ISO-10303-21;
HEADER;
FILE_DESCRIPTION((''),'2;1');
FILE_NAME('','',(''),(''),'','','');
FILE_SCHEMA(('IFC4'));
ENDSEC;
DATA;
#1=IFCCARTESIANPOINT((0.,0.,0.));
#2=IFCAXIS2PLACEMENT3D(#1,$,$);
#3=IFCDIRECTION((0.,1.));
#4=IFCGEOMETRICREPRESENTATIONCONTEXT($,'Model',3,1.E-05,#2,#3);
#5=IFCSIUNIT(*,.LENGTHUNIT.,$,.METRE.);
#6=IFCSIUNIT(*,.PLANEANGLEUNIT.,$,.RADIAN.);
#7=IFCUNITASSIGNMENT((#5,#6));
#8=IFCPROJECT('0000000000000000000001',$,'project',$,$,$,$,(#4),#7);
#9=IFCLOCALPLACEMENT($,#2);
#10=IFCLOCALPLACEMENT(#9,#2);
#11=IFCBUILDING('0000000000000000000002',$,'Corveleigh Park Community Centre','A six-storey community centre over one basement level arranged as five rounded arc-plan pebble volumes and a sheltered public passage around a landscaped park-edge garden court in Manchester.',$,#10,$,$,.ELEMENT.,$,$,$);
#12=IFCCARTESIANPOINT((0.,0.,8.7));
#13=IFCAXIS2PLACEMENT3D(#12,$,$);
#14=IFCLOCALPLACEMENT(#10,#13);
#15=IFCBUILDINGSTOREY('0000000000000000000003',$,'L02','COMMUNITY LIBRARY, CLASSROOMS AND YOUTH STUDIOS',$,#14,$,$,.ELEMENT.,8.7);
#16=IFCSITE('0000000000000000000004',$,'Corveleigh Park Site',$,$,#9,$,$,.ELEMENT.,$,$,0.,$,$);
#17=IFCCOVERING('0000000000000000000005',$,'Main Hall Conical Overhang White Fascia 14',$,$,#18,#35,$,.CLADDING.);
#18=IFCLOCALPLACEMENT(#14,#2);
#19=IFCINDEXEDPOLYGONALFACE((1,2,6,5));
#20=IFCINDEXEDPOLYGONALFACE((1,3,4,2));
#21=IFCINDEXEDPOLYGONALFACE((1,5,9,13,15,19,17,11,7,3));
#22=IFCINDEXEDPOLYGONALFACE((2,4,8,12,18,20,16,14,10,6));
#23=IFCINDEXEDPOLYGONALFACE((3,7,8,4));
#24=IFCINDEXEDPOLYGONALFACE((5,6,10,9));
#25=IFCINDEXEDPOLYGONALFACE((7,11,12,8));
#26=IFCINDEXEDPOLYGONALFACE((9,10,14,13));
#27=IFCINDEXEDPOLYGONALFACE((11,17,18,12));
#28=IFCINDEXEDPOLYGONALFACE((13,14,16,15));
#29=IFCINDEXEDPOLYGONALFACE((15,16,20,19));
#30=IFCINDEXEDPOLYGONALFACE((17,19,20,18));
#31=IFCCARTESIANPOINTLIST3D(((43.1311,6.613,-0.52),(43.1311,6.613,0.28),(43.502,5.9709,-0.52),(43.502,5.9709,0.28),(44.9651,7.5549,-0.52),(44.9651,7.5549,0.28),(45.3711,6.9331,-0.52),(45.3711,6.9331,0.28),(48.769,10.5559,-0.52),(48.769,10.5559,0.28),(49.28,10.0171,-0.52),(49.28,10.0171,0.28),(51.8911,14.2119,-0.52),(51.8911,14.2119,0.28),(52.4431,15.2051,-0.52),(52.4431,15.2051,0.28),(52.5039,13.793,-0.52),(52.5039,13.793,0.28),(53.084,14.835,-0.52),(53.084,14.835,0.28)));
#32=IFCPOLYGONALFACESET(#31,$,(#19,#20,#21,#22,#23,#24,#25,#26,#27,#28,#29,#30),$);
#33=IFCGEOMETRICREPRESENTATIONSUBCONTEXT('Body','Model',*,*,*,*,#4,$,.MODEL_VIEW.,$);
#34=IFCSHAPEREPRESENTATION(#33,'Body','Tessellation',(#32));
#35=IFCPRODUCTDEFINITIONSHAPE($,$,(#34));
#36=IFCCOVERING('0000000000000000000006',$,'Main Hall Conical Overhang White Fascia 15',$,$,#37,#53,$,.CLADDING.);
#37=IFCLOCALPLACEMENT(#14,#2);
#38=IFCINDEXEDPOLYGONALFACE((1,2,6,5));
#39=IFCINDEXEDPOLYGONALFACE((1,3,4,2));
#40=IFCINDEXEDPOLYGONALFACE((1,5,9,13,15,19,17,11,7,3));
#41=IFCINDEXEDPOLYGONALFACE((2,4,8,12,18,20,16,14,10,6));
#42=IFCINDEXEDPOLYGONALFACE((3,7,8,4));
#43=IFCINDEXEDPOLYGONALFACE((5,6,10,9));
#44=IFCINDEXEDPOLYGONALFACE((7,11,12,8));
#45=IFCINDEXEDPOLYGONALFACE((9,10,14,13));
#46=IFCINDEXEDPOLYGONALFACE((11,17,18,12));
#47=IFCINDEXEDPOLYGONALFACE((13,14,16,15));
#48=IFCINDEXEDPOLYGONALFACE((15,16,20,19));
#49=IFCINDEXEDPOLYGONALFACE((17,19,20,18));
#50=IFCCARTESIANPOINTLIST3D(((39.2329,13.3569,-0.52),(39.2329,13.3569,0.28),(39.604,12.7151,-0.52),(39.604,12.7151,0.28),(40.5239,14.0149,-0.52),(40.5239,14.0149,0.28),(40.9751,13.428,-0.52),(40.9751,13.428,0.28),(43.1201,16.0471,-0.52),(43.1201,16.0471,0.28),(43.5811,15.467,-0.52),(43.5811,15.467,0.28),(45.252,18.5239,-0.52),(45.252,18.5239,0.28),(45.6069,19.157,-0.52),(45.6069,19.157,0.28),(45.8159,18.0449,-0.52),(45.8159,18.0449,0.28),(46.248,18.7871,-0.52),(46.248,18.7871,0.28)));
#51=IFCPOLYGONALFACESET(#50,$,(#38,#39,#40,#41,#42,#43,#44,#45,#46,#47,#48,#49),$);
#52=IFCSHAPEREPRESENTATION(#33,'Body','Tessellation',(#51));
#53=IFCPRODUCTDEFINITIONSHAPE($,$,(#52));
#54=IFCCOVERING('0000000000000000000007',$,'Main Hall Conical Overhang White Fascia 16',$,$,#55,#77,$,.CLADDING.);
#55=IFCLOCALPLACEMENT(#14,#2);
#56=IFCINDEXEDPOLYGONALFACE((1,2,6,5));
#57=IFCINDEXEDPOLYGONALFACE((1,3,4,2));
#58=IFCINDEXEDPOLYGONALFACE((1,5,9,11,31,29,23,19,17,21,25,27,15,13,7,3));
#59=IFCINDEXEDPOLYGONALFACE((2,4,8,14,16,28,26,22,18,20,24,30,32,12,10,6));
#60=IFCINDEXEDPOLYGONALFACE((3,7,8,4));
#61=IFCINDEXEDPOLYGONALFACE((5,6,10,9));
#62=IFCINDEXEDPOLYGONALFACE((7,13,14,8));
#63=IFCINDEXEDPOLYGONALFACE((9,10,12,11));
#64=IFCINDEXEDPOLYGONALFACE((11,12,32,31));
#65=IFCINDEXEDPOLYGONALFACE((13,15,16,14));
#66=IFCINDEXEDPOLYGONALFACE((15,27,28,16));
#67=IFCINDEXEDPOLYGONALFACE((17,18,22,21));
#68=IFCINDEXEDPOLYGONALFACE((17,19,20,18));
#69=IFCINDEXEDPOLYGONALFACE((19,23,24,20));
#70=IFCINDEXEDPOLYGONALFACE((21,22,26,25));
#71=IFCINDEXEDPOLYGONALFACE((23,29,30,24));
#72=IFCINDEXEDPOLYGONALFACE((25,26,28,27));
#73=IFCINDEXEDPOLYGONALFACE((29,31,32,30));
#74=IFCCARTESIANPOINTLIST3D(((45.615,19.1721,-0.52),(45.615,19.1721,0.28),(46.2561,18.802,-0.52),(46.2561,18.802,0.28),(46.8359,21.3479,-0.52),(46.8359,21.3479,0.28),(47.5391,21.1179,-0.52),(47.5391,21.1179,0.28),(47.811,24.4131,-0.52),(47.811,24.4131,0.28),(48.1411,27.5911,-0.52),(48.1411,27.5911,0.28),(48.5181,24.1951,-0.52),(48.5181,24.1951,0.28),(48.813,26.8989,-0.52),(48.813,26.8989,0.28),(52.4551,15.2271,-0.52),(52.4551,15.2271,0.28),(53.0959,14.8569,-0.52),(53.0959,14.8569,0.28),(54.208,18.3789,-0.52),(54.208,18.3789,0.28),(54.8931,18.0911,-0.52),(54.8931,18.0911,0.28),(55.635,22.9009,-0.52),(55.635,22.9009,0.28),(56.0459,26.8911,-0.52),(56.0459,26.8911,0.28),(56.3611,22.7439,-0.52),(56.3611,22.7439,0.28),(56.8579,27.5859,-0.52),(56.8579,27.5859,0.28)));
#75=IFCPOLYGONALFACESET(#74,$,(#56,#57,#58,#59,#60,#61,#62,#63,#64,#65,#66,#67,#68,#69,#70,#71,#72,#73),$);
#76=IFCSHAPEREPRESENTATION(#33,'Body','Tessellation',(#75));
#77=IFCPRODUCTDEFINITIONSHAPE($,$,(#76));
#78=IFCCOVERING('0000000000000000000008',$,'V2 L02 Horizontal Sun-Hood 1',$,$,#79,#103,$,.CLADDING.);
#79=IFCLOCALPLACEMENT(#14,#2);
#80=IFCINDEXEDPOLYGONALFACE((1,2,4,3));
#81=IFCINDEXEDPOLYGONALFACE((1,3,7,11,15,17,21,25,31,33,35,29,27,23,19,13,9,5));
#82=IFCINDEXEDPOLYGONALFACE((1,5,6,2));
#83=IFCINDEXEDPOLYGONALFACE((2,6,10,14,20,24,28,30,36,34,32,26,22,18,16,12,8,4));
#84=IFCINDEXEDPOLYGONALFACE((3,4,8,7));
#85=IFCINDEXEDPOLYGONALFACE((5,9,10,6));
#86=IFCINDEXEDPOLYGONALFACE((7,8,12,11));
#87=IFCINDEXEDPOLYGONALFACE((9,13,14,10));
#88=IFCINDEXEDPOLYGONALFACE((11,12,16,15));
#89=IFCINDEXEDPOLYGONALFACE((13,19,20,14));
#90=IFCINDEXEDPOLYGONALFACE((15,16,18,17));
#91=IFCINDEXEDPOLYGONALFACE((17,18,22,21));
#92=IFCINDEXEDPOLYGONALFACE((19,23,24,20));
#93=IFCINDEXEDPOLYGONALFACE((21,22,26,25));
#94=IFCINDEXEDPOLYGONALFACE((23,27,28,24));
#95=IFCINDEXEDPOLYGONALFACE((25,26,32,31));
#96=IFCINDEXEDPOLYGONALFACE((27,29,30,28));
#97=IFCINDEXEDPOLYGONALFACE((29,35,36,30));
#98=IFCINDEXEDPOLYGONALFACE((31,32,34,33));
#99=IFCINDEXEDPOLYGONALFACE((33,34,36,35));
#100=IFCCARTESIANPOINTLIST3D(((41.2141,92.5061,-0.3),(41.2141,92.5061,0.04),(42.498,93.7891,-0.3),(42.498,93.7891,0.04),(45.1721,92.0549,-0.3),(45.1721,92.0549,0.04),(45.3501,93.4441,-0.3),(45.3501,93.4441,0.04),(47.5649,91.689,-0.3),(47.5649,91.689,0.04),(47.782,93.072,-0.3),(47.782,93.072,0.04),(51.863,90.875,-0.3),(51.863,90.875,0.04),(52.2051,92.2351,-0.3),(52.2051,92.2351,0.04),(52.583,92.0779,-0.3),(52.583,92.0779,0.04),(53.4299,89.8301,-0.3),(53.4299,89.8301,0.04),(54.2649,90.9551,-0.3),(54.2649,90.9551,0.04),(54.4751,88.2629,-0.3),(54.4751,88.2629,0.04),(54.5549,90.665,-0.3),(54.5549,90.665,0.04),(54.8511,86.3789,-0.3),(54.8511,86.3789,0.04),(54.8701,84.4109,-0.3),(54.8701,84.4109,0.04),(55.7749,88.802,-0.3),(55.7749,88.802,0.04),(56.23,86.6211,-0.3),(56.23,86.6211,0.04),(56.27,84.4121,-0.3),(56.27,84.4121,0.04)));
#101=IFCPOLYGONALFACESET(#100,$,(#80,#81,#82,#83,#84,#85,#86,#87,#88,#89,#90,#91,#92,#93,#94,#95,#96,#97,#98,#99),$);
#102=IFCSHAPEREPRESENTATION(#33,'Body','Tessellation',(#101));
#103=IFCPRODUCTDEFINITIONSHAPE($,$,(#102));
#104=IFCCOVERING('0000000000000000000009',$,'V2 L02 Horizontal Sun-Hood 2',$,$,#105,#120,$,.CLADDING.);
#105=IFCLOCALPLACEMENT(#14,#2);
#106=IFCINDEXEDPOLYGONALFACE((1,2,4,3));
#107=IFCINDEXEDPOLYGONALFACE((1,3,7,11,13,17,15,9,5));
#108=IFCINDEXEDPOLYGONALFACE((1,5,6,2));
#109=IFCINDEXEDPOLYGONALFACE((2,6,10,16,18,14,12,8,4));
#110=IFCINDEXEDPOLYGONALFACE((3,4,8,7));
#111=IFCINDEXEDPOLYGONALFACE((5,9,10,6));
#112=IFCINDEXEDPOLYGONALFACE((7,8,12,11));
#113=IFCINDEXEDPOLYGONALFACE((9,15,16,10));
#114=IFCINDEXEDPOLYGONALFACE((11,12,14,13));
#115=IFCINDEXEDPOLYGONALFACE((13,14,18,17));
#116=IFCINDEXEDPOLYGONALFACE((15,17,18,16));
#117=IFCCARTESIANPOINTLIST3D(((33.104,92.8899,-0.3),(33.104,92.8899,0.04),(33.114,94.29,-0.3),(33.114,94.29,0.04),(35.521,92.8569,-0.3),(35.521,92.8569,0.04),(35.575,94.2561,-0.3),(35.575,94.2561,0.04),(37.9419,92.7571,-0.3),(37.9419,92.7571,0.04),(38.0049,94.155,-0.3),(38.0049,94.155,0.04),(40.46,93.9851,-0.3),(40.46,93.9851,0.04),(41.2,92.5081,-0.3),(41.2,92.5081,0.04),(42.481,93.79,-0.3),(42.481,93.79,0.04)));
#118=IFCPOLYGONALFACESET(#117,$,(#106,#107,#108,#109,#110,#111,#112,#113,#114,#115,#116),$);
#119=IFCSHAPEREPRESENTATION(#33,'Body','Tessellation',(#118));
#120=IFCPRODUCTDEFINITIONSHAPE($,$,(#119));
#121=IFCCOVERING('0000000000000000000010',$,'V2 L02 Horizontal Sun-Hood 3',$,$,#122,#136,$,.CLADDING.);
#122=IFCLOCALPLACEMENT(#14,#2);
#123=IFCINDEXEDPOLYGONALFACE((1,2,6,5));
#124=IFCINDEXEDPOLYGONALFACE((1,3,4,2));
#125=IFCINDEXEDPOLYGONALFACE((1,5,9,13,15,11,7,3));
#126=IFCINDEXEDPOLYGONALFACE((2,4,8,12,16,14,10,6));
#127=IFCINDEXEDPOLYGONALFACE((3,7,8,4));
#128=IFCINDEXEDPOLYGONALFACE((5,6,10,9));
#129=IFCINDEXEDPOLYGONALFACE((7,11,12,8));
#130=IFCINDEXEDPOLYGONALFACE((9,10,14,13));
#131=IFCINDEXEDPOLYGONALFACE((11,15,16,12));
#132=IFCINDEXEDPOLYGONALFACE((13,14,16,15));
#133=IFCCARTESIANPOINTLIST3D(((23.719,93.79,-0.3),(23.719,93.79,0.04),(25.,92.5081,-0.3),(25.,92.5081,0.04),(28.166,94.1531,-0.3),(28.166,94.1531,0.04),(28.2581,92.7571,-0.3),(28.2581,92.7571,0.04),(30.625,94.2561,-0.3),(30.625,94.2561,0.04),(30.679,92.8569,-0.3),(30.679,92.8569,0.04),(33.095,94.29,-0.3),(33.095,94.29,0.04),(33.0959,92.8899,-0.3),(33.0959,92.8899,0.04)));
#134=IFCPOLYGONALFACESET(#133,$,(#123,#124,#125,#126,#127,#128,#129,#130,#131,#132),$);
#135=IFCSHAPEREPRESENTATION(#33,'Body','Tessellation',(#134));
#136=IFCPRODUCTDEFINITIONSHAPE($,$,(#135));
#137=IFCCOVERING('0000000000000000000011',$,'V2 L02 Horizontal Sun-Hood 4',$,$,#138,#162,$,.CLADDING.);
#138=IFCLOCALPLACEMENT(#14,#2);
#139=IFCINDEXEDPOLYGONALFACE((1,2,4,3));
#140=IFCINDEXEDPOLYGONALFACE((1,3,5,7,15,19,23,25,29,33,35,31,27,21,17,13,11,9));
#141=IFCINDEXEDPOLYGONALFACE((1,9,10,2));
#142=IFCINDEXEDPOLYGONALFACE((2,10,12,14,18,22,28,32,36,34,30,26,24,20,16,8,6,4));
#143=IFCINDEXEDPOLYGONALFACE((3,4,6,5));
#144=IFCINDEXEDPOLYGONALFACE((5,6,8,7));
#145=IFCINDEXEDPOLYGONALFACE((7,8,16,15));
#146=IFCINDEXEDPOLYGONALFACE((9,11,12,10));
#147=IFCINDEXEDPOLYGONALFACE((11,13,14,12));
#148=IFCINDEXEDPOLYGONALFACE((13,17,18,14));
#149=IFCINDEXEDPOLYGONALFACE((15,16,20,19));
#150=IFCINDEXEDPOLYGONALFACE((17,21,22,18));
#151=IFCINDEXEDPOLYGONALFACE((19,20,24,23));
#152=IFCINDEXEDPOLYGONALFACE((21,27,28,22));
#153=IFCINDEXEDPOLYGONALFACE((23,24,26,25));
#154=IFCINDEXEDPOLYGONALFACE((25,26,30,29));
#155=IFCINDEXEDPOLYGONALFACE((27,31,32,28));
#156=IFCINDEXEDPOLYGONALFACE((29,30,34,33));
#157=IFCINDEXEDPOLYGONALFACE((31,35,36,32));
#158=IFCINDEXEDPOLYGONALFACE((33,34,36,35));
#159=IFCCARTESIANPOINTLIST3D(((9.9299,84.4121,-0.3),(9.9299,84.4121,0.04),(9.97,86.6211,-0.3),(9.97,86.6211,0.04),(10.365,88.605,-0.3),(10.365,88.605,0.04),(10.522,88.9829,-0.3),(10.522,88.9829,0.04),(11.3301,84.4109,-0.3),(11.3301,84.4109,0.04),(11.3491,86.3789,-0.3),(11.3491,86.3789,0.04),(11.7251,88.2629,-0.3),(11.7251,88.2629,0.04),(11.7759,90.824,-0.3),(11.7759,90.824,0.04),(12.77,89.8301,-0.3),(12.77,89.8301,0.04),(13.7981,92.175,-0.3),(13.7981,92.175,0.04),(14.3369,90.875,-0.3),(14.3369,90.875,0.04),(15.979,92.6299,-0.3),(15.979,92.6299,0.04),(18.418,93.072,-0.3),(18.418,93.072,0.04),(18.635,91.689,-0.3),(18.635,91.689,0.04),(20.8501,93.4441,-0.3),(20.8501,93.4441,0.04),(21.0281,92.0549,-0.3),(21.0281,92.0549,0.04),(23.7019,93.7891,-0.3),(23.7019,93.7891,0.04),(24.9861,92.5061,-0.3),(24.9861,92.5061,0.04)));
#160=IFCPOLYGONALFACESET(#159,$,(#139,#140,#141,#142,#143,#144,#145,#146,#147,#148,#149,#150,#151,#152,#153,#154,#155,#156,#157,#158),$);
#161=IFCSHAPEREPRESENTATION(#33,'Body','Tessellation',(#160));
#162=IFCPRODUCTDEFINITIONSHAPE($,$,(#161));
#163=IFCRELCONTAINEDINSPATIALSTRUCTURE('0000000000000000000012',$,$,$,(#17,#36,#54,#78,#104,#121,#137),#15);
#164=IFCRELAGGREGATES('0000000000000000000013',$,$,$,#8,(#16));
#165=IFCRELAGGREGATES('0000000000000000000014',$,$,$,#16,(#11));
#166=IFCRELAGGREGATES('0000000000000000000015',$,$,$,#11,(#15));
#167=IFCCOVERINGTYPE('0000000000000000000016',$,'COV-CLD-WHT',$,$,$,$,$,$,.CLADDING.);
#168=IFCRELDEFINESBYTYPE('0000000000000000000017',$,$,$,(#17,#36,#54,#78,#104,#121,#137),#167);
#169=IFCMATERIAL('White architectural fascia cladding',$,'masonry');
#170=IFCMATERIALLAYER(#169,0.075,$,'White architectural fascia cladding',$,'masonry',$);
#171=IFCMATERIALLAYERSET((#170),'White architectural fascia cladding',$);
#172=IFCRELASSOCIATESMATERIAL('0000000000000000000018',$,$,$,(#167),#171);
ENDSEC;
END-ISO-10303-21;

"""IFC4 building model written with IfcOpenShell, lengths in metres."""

from ifc_helpers import new_model, si_unit, direction, frame, origin, place, context, subcontext, project, spatial, polyline, outline, extrude, material, layer, layer_set, type_object, element, save


model = new_model("IFC4")

# Units and contexts
model_context = context("Model", 3, precision=1e-05, world=origin(), true_north=direction((0.0, 1.0)))
body_context = subcontext(model_context, "Body", "Model", "MODEL_VIEW")
ifc_project = project(units=[si_unit("LENGTHUNIT", "METRE"), si_unit("PLANEANGLEUNIT", "RADIAN")], contexts=[model_context])

# Site, building, storey
site_placement = place(None, origin())
site = spatial("IfcSite", under=ifc_project, at=site_placement, Name="Corveleigh Park Site", CompositionType="ELEMENT", RefElevation=0.0)
building_placement = place(site_placement, origin())
building = spatial("IfcBuilding", under=site, at=building_placement, Name="Corveleigh Park Community Centre", Description="A six-storey community centre over one basement level arranged as five rounded arc-plan pebble volumes and a sheltered public passage around a landscaped park-edge garden court in Manchester.", CompositionType="ELEMENT")
storey_placement = place(building_placement, frame((0.0, 0.0, 8.7)))
storey = spatial("IfcBuildingStorey", under=building, at=storey_placement, Name="L02", Description="COMMUNITY LIBRARY, CLASSROOMS AND YOUTH STUDIOS", CompositionType="ELEMENT", Elevation=8.7)

# Coverings
ifc_material_1 = material(Name="White architectural fascia cladding", Category="masonry")
ifc_layer_1 = layer(ifc_material_1, 0.075, Name="White architectural fascia cladding", Category="masonry")
ifc_layer_set_1 = layer_set([ifc_layer_1], Name="White architectural fascia cladding")
covering_type = type_object("IfcCoveringType", Name="COV-CLD-WHT", PredefinedType="CLADDING", material=ifc_layer_set_1)
covering_1_placement = place(storey_placement, frame((0.0, 0.0, -0.52)))
element("IfcCovering", 1, at=covering_1_placement, inside=storey, type_object=covering_type, Name="Main Hall Conical Overhang White Fascia 14", PredefinedType="CLADDING", context=body_context, shape_type="SweptSolid", body=[
    extrude(outline(polyline([(52.5039, 13.793), (49.28, 10.0171), (45.3711, 6.9331), (43.502, 5.9709), (43.1311, 6.613), (44.9651, 7.5549), (48.769, 10.5559), (51.8911, 14.2119), (52.4431, 15.2051), (53.084, 14.835), (52.5039, 13.793)])), origin(), (0.0, 0.0, 1.0), 0.8),
])
covering_2_placement = place(storey_placement, frame((0.0, 0.0, -0.52)))
element("IfcCovering", 2, at=covering_2_placement, inside=storey, type_object=covering_type, Name="Main Hall Conical Overhang White Fascia 15", PredefinedType="CLADDING", context=body_context, shape_type="SweptSolid", body=[
    extrude(outline(polyline([(40.5239, 14.0149), (43.1201, 16.0471), (45.252, 18.5239), (45.6069, 19.157), (46.248, 18.7871), (45.8159, 18.0449), (43.5811, 15.467), (40.9751, 13.428), (39.604, 12.7151), (39.2329, 13.3569), (40.5239, 14.0149)])), origin(), (0.0, 0.0, 1.0), 0.8),
])
covering_3_placement = place(storey_placement, frame((0.0, 0.0, -0.52)))
element("IfcCovering", 3, at=covering_3_placement, inside=storey, type_object=covering_type, Name="Main Hall Conical Overhang White Fascia 16", PredefinedType="CLADDING", context=body_context, shape_type="SweptSolid", body=[
    extrude(outline(polyline([(56.8579, 27.5859), (56.3611, 22.7439), (54.8931, 18.0911), (53.0959, 14.8569), (52.4551, 15.2271), (54.208, 18.3789), (55.635, 22.9009), (56.0459, 26.8911), (48.813, 26.8989), (48.5181, 24.1951), (47.5391, 21.1179), (46.2561, 18.802), (45.615, 19.1721), (46.8359, 21.3479), (47.811, 24.4131), (48.1411, 27.5911), (56.8579, 27.5859)])), origin(), (0.0, 0.0, 1.0), 0.8),
])
covering_4_placement = place(storey_placement, frame((0.0, 0.0, -0.3)))
element("IfcCovering", 4, at=covering_4_placement, inside=storey, type_object=covering_type, Name="V2 L02 Horizontal Sun-Hood 1", PredefinedType="CLADDING", context=body_context, shape_type="SweptSolid", body=[
    extrude(outline(polyline([(42.498, 93.7891), (45.3501, 93.4441), (47.782, 93.072), (52.2051, 92.2351), (52.583, 92.0779), (54.2649, 90.9551), (54.5549, 90.665), (55.7749, 88.802), (56.23, 86.6211), (56.27, 84.4121), (54.8701, 84.4109), (54.8511, 86.3789), (54.4751, 88.2629), (53.4299, 89.8301), (51.863, 90.875), (47.5649, 91.689), (45.1721, 92.0549), (41.2141, 92.5061), (42.498, 93.7891)])), origin(), (0.0, 0.0, 1.0), 0.3401),
])
covering_5_placement = place(storey_placement, frame((0.0, 0.0, -0.3)))
element("IfcCovering", 5, at=covering_5_placement, inside=storey, type_object=covering_type, Name="V2 L02 Horizontal Sun-Hood 2", PredefinedType="CLADDING", context=body_context, shape_type="SweptSolid", body=[
    extrude(outline(polyline([(33.114, 94.29), (35.575, 94.2561), (38.0049, 94.155), (40.46, 93.9851), (42.481, 93.79), (41.2, 92.5081), (37.9419, 92.7571), (35.521, 92.8569), (33.104, 92.8899), (33.114, 94.29)])), origin(), (0.0, 0.0, 1.0), 0.3401),
])
covering_6_placement = place(storey_placement, frame((0.0, 0.0, -0.3)))
element("IfcCovering", 6, at=covering_6_placement, inside=storey, type_object=covering_type, Name="V2 L02 Horizontal Sun-Hood 3", PredefinedType="CLADDING", context=body_context, shape_type="SweptSolid", body=[
    extrude(outline(polyline([(23.719, 93.79), (28.166, 94.1531), (30.625, 94.2561), (33.095, 94.29), (33.0959, 92.8899), (30.679, 92.8569), (28.2581, 92.7571), (25.0, 92.5081), (23.719, 93.79)])), origin(), (0.0, 0.0, 1.0), 0.3401),
])
covering_7_placement = place(storey_placement, frame((0.0, 0.0, -0.3)))
element("IfcCovering", 7, at=covering_7_placement, inside=storey, type_object=covering_type, Name="V2 L02 Horizontal Sun-Hood 4", PredefinedType="CLADDING", context=body_context, shape_type="SweptSolid", body=[
    extrude(outline(polyline([(9.9299, 84.4121), (9.97, 86.6211), (10.365, 88.605), (10.522, 88.9829), (11.7759, 90.824), (13.7981, 92.175), (15.979, 92.6299), (18.418, 93.072), (20.8501, 93.4441), (23.7019, 93.7891), (24.9861, 92.5061), (21.0281, 92.0549), (18.635, 91.689), (14.3369, 90.875), (12.77, 89.8301), (11.7251, 88.2629), (11.3491, 86.3789), (11.3301, 84.4109), (9.9299, 84.4121)])), origin(), (0.0, 0.0, 1.0), 0.3401),
])

save(model, "model.ifc")
